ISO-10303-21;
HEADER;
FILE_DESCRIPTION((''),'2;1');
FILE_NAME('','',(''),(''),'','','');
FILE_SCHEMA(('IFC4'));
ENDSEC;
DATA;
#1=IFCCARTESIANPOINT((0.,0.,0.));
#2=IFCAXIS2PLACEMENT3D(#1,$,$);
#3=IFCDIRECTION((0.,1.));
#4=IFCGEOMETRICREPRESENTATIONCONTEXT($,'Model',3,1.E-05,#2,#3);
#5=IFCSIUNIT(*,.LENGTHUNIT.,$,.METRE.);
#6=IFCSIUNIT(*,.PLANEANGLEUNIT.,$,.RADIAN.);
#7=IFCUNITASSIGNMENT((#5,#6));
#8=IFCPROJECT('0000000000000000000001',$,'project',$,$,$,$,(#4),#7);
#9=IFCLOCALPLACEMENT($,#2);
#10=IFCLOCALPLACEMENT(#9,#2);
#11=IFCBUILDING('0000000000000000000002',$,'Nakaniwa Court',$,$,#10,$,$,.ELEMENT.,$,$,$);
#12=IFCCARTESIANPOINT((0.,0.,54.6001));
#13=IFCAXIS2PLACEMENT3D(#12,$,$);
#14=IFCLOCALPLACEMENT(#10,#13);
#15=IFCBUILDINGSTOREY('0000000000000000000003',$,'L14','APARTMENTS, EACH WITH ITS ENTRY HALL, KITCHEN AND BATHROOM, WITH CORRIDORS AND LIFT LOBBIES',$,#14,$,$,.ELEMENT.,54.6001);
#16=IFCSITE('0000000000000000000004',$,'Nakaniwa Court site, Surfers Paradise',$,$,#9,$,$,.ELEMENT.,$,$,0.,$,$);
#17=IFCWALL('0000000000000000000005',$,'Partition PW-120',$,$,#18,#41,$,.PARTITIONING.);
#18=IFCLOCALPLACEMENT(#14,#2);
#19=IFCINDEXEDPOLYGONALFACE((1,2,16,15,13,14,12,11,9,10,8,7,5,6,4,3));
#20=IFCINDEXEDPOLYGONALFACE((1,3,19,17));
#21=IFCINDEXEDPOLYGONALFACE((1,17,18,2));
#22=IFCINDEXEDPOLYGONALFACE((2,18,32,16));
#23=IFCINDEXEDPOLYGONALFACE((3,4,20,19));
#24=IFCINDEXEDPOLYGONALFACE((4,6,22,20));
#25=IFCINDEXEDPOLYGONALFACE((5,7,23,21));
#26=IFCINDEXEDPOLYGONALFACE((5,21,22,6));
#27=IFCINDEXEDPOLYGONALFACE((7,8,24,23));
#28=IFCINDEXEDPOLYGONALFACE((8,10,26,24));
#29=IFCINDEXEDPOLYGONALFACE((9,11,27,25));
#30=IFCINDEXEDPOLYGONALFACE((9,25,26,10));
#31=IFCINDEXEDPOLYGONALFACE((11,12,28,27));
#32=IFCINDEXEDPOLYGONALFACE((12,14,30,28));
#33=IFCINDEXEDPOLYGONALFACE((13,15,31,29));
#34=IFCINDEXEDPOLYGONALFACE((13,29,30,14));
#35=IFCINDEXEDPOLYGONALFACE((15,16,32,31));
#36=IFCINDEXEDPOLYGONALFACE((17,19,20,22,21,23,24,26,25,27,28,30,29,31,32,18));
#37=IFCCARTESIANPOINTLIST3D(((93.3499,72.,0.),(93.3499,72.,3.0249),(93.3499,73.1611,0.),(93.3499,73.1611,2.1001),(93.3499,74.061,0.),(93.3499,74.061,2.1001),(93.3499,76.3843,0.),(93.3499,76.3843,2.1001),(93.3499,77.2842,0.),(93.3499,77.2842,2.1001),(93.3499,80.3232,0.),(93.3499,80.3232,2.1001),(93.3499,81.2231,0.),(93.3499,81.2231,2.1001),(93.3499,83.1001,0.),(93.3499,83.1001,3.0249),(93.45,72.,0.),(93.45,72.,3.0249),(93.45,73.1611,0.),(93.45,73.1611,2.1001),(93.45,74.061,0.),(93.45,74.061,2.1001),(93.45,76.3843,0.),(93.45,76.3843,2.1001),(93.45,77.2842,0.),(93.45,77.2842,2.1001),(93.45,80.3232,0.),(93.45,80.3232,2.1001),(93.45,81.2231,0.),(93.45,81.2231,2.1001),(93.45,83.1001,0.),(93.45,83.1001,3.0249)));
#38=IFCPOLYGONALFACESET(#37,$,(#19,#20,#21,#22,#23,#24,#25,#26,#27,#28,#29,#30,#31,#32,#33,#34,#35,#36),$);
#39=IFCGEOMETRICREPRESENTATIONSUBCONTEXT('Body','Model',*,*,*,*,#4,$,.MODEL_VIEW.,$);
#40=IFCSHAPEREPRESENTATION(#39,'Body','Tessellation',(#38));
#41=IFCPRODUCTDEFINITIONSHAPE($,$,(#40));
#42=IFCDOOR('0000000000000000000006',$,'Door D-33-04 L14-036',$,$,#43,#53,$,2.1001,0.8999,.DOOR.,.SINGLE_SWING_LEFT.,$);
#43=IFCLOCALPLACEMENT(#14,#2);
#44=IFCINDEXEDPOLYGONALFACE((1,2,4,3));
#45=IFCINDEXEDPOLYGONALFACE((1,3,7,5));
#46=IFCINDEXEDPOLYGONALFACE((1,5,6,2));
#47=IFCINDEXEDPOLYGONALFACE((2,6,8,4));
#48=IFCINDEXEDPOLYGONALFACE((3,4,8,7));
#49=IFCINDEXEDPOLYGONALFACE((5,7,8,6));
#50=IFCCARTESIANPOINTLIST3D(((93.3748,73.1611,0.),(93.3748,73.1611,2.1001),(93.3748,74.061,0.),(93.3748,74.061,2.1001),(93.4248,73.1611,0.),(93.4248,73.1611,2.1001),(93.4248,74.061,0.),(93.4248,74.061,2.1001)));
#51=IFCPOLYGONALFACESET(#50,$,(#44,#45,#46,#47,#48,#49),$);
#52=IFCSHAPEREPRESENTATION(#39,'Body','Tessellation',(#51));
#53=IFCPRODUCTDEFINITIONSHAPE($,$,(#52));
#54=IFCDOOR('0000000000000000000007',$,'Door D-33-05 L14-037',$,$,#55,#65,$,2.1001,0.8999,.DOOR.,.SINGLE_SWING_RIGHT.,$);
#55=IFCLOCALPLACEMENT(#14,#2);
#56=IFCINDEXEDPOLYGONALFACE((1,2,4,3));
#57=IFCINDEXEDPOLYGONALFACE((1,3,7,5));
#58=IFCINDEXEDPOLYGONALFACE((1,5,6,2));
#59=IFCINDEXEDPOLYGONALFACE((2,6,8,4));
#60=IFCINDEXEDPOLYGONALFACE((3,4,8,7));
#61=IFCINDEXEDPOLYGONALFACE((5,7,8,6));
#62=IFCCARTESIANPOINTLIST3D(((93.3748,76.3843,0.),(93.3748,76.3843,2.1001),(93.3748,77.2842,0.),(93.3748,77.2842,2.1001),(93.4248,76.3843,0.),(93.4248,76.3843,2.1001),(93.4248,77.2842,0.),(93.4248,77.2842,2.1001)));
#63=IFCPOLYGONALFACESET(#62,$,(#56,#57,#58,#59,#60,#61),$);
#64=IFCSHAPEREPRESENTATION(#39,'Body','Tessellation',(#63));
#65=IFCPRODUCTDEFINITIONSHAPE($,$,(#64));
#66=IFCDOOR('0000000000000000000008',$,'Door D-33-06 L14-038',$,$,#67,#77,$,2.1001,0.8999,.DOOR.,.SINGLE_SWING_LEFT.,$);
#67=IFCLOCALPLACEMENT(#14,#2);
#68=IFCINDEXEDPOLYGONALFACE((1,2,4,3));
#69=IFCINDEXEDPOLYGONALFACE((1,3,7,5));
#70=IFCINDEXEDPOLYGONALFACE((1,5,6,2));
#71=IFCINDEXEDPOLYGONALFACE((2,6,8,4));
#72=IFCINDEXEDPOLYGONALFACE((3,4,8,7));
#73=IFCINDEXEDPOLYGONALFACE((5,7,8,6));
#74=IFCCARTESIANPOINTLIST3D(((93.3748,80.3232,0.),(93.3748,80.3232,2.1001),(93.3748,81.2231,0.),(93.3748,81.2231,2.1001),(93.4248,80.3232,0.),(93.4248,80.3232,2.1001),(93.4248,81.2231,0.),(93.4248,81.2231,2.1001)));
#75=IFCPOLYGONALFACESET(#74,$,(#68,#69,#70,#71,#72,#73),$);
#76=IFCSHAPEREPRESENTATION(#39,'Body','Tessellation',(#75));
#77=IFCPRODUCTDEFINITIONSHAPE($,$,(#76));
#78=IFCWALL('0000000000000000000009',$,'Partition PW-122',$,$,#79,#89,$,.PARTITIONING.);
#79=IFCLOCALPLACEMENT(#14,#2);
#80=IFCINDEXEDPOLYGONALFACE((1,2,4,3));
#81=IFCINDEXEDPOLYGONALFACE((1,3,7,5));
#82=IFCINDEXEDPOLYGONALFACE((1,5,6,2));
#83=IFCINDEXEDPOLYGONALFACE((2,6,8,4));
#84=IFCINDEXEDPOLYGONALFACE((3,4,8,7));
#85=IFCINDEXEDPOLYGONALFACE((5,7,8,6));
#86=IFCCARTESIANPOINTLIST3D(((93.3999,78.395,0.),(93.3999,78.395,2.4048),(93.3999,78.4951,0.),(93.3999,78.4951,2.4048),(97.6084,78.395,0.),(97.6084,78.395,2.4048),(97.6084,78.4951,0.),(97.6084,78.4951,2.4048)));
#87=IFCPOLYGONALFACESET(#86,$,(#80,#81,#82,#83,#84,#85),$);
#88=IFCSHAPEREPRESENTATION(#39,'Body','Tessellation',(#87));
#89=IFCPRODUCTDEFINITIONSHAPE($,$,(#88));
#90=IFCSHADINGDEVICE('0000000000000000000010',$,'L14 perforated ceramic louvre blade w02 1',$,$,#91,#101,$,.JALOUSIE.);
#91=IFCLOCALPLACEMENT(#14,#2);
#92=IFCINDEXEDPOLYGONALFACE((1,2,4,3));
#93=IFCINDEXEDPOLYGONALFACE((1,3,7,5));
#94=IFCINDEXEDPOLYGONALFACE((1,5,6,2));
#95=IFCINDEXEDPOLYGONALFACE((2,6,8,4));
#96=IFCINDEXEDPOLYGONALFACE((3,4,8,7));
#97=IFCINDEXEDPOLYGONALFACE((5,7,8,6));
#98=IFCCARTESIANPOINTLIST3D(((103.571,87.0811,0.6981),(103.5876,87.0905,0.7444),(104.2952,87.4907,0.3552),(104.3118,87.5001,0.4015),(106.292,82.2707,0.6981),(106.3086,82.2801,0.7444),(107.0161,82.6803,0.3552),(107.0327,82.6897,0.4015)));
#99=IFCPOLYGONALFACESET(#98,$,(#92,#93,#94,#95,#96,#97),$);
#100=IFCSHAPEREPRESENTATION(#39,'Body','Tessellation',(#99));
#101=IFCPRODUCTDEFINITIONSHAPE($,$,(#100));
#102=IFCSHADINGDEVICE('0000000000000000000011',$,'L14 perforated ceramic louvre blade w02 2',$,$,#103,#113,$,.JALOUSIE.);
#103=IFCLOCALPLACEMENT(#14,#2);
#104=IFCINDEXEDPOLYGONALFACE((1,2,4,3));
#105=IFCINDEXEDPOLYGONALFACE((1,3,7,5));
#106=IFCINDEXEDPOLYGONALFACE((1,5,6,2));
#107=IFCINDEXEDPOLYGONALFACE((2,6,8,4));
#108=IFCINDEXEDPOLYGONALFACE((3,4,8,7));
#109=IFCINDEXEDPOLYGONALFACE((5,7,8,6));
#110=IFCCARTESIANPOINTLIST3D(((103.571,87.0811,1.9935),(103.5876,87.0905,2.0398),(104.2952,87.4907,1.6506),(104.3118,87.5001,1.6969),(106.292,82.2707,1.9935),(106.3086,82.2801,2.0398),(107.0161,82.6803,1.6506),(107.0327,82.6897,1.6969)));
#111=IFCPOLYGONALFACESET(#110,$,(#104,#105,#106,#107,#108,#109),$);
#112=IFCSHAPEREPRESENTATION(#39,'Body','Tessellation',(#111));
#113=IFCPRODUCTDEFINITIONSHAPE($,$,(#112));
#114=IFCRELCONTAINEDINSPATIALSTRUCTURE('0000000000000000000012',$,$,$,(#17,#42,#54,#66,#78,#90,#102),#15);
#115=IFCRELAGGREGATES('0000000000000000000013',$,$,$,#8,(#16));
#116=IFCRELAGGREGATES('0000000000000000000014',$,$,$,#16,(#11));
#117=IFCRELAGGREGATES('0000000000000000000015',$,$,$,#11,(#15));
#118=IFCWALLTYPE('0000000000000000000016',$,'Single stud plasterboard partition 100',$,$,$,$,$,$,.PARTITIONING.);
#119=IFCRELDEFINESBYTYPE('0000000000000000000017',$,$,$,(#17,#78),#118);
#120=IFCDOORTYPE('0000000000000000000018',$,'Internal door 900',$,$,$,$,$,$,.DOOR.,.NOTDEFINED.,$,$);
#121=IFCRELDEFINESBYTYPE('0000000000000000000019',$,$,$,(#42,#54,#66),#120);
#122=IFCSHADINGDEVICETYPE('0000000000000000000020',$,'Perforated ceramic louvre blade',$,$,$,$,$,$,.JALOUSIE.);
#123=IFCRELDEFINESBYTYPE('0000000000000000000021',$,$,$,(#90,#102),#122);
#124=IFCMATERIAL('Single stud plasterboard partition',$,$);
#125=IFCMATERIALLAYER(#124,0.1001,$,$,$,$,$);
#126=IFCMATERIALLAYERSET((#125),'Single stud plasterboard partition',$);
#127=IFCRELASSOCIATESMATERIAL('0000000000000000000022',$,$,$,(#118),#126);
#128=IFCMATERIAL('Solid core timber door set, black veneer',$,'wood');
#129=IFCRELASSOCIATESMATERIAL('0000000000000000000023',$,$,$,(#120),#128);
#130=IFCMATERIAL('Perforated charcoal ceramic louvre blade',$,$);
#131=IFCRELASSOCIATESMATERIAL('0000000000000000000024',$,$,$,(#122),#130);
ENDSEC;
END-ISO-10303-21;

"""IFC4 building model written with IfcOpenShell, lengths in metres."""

from ifc_helpers import new_model, si_unit, direction, frame, frame_2d, origin, origin_2d, place, context, subcontext, project, spatial, rectangle, extrude, material, layer, layer_set, material_profile, profile_set, type_object, element, fill, save


model = new_model("IFC4")

# Units and contexts
model_context = context("Model", 3, precision=1e-05, world=origin(), true_north=direction((0.0, 1.0)))
body_context = subcontext(model_context, "Body", "Model", "MODEL_VIEW")
ifc_project = project(units=[si_unit("LENGTHUNIT", "METRE"), si_unit("PLANEANGLEUNIT", "RADIAN")], contexts=[model_context])

# Site, building, storey
site_placement = place(None, origin())
site = spatial("IfcSite", under=ifc_project, at=site_placement, Name="Nakaniwa Court site, Surfers Paradise", CompositionType="ELEMENT", RefElevation=0.0)
building_placement = place(site_placement, origin())
building = spatial("IfcBuilding", under=site, at=building_placement, Name="Nakaniwa Court", CompositionType="ELEMENT")
storey_placement = place(building_placement, frame((0.0, 0.0, 54.6001)))
storey = spatial("IfcBuildingStorey", under=building, at=storey_placement, Name="L14", Description="APARTMENTS, EACH WITH ITS ENTRY HALL, KITCHEN AND BATHROOM, WITH CORRIDORS AND LIFT LOBBIES", CompositionType="ELEMENT", Elevation=54.6001)

# Shared definitions
ifc_material_1 = material(Name="Single stud plasterboard partition")
ifc_layer_1 = layer(ifc_material_1, 0.1001)
ifc_layer_set_1 = layer_set([ifc_layer_1], Name="Single stud plasterboard partition")
wall_type_1 = type_object("IfcWallType", Name="Single stud plasterboard partition 100", PredefinedType="PARTITIONING", material=ifc_layer_set_1)

# Wall, openings, doors
wall_1_placement = place(storey_placement, frame((93.3999, 83.1001, 0.0), z_axis=(0.0, 0.0, 1.0), x_axis=(0.0, -1.0, 0.0)))
wall_1 = element("IfcWall", 1, at=wall_1_placement, inside=storey, type_object=wall_type_1, Name="Partition PW-120", PredefinedType="PARTITIONING", context=body_context, shape_type="SweptSolid", body=[
    extrude(rectangle(XDim=11.1001, YDim=0.1001, at=frame_2d((5.55, 0.0))), origin(), (0.0, 0.0, 1.0), 3.0249),
])
opening_1_placement = place(wall_1_placement, frame((9.0391, 0.0, 0.0)))
opening_1 = element("IfcOpeningElement", 2, at=opening_1_placement, cuts=wall_1, PredefinedType="OPENING", context=body_context, shape_type="SweptSolid", body=[
    extrude(rectangle(XDim=0.8999, YDim=2.1001, at=frame_2d((0.45, 1.05))), frame((0.0, 0.0601, 0.0), z_axis=(0.0, -1.0, 0.0), x_axis=(1.0, 0.0, 0.0)), (0.0, 0.0, 1.0), 0.1201),
])
opening_2_placement = place(wall_1_placement, frame((5.8159, 0.0, 0.0)))
opening_2 = element("IfcOpeningElement", 3, at=opening_2_placement, cuts=wall_1, PredefinedType="OPENING", context=body_context, shape_type="SweptSolid", body=[
    extrude(rectangle(XDim=0.8999, YDim=2.1001, at=frame_2d((0.45, 1.05))), frame((0.0, 0.0601, 0.0), z_axis=(0.0, -1.0, 0.0), x_axis=(1.0, 0.0, 0.0)), (0.0, 0.0, 1.0), 0.1201),
])
opening_3_placement = place(wall_1_placement, frame((1.877, 0.0, 0.0)))
opening_3 = element("IfcOpeningElement", 4, at=opening_3_placement, cuts=wall_1, PredefinedType="OPENING", context=body_context, shape_type="SweptSolid", body=[
    extrude(rectangle(XDim=0.8999, YDim=2.1001, at=frame_2d((0.45, 1.05))), frame((0.0, 0.0601, 0.0), z_axis=(0.0, -1.0, 0.0), x_axis=(1.0, 0.0, 0.0)), (0.0, 0.0, 1.0), 0.1201),
])
ifc_material_2 = material(Name="Solid core timber door set, black veneer", Category="wood")
door_type = type_object("IfcDoorType", Name="Internal door 900", OperationType="NOTDEFINED", PredefinedType="DOOR", material=ifc_material_2)
door_1_placement = place(opening_1_placement, origin())
door_1 = element("IfcDoor", 5, at=door_1_placement, inside=storey, type_object=door_type, Name="Door D-33-04 L14-036", OperationType="SINGLE_SWING_LEFT", OverallHeight=2.1001, OverallWidth=0.8999, PredefinedType="DOOR", context=body_context, shape_type="SweptSolid", body=[
    extrude(rectangle(XDim=0.8999, YDim=2.1001, at=frame_2d((0.45, 1.05))), frame((0.0, 0.0249, 0.0), z_axis=(0.0, -1.0, 0.0), x_axis=(1.0, 0.0, 0.0)), (0.0, 0.0, 1.0), 0.05),
])
fill(opening_1, door_1)
door_2_placement = place(opening_2_placement, origin())
door_2 = element("IfcDoor", 6, at=door_2_placement, inside=storey, type_object=door_type, Name="Door D-33-05 L14-037", OperationType="SINGLE_SWING_RIGHT", OverallHeight=2.1001, OverallWidth=0.8999, PredefinedType="DOOR", context=body_context, shape_type="SweptSolid", body=[
    extrude(rectangle(XDim=0.8999, YDim=2.1001, at=frame_2d((0.45, 1.05))), frame((0.0, 0.0249, 0.0), z_axis=(0.0, -1.0, 0.0), x_axis=(1.0, 0.0, 0.0)), (0.0, 0.0, 1.0), 0.05),
])
fill(opening_2, door_2)
door_3_placement = place(opening_3_placement, origin())
door_3 = element("IfcDoor", 7, at=door_3_placement, inside=storey, type_object=door_type, Name="Door D-33-06 L14-038", OperationType="SINGLE_SWING_LEFT", OverallHeight=2.1001, OverallWidth=0.8999, PredefinedType="DOOR", context=body_context, shape_type="SweptSolid", body=[
    extrude(rectangle(XDim=0.8999, YDim=2.1001, at=frame_2d((0.45, 1.05))), frame((0.0, 0.0249, 0.0), z_axis=(0.0, -1.0, 0.0), x_axis=(1.0, 0.0, 0.0)), (0.0, 0.0, 1.0), 0.05),
])
fill(opening_3, door_3)

# Wall
wall_2_placement = place(storey_placement, frame((93.3999, 78.4451, 0.0), z_axis=(0.0, 0.0, 1.0), x_axis=(1.0, 0.0, 0.0)))
element("IfcWall", 8, at=wall_2_placement, inside=storey, type_object=wall_type_1, Name="Partition PW-122", PredefinedType="PARTITIONING", context=body_context, shape_type="SweptSolid", body=[
    extrude(rectangle(XDim=4.2085, YDim=0.1001, at=frame_2d((2.1042, 0.0))), origin(), (0.0, 0.0, 1.0), 2.4048),
])

# Shading devices
ifc_material_3 = material(Name="Perforated charcoal ceramic louvre blade")
ifc_material_profile_1 = material_profile(ifc_material_3, rectangle(XDim=0.8999, YDim=0.05, at=origin_2d()), Name="Perforated ceramic louvre blade")
ifc_profile_set_1 = profile_set([ifc_material_profile_1], Name="Perforated charcoal ceramic louvre blade")
shading_device_type = type_object("IfcShadingDeviceType", Name="Perforated ceramic louvre blade", PredefinedType="JALOUSIE", material=ifc_profile_set_1)
for number, where, z_axis, x_axis, name in (
    (9, (106.6624, 82.4802, 0.5498), (-0.492343, 0.870402, 0.0), (-0.804726, -0.455193, 0.38107), "L14 perforated ceramic louvre blade w02 1"),
    (10, (106.6624, 82.4802, 1.8452), (-0.492343, 0.870402, 0.0), (-0.804726, -0.455193, 0.38107), "L14 perforated ceramic louvre blade w02 2"),
):
    element("IfcShadingDevice", number, at=place(storey_placement, frame(where, z_axis=z_axis, x_axis=x_axis)), inside=storey, type_object=shading_device_type, Name=name, PredefinedType="JALOUSIE", context=body_context, shape_type="SweptSolid", body=[
        extrude(rectangle(XDim=0.8999, YDim=0.05, at=origin_2d()), origin(), (0.0, 0.0, 1.0), 5.5266),
    ])

save(model, "model.ifc")
